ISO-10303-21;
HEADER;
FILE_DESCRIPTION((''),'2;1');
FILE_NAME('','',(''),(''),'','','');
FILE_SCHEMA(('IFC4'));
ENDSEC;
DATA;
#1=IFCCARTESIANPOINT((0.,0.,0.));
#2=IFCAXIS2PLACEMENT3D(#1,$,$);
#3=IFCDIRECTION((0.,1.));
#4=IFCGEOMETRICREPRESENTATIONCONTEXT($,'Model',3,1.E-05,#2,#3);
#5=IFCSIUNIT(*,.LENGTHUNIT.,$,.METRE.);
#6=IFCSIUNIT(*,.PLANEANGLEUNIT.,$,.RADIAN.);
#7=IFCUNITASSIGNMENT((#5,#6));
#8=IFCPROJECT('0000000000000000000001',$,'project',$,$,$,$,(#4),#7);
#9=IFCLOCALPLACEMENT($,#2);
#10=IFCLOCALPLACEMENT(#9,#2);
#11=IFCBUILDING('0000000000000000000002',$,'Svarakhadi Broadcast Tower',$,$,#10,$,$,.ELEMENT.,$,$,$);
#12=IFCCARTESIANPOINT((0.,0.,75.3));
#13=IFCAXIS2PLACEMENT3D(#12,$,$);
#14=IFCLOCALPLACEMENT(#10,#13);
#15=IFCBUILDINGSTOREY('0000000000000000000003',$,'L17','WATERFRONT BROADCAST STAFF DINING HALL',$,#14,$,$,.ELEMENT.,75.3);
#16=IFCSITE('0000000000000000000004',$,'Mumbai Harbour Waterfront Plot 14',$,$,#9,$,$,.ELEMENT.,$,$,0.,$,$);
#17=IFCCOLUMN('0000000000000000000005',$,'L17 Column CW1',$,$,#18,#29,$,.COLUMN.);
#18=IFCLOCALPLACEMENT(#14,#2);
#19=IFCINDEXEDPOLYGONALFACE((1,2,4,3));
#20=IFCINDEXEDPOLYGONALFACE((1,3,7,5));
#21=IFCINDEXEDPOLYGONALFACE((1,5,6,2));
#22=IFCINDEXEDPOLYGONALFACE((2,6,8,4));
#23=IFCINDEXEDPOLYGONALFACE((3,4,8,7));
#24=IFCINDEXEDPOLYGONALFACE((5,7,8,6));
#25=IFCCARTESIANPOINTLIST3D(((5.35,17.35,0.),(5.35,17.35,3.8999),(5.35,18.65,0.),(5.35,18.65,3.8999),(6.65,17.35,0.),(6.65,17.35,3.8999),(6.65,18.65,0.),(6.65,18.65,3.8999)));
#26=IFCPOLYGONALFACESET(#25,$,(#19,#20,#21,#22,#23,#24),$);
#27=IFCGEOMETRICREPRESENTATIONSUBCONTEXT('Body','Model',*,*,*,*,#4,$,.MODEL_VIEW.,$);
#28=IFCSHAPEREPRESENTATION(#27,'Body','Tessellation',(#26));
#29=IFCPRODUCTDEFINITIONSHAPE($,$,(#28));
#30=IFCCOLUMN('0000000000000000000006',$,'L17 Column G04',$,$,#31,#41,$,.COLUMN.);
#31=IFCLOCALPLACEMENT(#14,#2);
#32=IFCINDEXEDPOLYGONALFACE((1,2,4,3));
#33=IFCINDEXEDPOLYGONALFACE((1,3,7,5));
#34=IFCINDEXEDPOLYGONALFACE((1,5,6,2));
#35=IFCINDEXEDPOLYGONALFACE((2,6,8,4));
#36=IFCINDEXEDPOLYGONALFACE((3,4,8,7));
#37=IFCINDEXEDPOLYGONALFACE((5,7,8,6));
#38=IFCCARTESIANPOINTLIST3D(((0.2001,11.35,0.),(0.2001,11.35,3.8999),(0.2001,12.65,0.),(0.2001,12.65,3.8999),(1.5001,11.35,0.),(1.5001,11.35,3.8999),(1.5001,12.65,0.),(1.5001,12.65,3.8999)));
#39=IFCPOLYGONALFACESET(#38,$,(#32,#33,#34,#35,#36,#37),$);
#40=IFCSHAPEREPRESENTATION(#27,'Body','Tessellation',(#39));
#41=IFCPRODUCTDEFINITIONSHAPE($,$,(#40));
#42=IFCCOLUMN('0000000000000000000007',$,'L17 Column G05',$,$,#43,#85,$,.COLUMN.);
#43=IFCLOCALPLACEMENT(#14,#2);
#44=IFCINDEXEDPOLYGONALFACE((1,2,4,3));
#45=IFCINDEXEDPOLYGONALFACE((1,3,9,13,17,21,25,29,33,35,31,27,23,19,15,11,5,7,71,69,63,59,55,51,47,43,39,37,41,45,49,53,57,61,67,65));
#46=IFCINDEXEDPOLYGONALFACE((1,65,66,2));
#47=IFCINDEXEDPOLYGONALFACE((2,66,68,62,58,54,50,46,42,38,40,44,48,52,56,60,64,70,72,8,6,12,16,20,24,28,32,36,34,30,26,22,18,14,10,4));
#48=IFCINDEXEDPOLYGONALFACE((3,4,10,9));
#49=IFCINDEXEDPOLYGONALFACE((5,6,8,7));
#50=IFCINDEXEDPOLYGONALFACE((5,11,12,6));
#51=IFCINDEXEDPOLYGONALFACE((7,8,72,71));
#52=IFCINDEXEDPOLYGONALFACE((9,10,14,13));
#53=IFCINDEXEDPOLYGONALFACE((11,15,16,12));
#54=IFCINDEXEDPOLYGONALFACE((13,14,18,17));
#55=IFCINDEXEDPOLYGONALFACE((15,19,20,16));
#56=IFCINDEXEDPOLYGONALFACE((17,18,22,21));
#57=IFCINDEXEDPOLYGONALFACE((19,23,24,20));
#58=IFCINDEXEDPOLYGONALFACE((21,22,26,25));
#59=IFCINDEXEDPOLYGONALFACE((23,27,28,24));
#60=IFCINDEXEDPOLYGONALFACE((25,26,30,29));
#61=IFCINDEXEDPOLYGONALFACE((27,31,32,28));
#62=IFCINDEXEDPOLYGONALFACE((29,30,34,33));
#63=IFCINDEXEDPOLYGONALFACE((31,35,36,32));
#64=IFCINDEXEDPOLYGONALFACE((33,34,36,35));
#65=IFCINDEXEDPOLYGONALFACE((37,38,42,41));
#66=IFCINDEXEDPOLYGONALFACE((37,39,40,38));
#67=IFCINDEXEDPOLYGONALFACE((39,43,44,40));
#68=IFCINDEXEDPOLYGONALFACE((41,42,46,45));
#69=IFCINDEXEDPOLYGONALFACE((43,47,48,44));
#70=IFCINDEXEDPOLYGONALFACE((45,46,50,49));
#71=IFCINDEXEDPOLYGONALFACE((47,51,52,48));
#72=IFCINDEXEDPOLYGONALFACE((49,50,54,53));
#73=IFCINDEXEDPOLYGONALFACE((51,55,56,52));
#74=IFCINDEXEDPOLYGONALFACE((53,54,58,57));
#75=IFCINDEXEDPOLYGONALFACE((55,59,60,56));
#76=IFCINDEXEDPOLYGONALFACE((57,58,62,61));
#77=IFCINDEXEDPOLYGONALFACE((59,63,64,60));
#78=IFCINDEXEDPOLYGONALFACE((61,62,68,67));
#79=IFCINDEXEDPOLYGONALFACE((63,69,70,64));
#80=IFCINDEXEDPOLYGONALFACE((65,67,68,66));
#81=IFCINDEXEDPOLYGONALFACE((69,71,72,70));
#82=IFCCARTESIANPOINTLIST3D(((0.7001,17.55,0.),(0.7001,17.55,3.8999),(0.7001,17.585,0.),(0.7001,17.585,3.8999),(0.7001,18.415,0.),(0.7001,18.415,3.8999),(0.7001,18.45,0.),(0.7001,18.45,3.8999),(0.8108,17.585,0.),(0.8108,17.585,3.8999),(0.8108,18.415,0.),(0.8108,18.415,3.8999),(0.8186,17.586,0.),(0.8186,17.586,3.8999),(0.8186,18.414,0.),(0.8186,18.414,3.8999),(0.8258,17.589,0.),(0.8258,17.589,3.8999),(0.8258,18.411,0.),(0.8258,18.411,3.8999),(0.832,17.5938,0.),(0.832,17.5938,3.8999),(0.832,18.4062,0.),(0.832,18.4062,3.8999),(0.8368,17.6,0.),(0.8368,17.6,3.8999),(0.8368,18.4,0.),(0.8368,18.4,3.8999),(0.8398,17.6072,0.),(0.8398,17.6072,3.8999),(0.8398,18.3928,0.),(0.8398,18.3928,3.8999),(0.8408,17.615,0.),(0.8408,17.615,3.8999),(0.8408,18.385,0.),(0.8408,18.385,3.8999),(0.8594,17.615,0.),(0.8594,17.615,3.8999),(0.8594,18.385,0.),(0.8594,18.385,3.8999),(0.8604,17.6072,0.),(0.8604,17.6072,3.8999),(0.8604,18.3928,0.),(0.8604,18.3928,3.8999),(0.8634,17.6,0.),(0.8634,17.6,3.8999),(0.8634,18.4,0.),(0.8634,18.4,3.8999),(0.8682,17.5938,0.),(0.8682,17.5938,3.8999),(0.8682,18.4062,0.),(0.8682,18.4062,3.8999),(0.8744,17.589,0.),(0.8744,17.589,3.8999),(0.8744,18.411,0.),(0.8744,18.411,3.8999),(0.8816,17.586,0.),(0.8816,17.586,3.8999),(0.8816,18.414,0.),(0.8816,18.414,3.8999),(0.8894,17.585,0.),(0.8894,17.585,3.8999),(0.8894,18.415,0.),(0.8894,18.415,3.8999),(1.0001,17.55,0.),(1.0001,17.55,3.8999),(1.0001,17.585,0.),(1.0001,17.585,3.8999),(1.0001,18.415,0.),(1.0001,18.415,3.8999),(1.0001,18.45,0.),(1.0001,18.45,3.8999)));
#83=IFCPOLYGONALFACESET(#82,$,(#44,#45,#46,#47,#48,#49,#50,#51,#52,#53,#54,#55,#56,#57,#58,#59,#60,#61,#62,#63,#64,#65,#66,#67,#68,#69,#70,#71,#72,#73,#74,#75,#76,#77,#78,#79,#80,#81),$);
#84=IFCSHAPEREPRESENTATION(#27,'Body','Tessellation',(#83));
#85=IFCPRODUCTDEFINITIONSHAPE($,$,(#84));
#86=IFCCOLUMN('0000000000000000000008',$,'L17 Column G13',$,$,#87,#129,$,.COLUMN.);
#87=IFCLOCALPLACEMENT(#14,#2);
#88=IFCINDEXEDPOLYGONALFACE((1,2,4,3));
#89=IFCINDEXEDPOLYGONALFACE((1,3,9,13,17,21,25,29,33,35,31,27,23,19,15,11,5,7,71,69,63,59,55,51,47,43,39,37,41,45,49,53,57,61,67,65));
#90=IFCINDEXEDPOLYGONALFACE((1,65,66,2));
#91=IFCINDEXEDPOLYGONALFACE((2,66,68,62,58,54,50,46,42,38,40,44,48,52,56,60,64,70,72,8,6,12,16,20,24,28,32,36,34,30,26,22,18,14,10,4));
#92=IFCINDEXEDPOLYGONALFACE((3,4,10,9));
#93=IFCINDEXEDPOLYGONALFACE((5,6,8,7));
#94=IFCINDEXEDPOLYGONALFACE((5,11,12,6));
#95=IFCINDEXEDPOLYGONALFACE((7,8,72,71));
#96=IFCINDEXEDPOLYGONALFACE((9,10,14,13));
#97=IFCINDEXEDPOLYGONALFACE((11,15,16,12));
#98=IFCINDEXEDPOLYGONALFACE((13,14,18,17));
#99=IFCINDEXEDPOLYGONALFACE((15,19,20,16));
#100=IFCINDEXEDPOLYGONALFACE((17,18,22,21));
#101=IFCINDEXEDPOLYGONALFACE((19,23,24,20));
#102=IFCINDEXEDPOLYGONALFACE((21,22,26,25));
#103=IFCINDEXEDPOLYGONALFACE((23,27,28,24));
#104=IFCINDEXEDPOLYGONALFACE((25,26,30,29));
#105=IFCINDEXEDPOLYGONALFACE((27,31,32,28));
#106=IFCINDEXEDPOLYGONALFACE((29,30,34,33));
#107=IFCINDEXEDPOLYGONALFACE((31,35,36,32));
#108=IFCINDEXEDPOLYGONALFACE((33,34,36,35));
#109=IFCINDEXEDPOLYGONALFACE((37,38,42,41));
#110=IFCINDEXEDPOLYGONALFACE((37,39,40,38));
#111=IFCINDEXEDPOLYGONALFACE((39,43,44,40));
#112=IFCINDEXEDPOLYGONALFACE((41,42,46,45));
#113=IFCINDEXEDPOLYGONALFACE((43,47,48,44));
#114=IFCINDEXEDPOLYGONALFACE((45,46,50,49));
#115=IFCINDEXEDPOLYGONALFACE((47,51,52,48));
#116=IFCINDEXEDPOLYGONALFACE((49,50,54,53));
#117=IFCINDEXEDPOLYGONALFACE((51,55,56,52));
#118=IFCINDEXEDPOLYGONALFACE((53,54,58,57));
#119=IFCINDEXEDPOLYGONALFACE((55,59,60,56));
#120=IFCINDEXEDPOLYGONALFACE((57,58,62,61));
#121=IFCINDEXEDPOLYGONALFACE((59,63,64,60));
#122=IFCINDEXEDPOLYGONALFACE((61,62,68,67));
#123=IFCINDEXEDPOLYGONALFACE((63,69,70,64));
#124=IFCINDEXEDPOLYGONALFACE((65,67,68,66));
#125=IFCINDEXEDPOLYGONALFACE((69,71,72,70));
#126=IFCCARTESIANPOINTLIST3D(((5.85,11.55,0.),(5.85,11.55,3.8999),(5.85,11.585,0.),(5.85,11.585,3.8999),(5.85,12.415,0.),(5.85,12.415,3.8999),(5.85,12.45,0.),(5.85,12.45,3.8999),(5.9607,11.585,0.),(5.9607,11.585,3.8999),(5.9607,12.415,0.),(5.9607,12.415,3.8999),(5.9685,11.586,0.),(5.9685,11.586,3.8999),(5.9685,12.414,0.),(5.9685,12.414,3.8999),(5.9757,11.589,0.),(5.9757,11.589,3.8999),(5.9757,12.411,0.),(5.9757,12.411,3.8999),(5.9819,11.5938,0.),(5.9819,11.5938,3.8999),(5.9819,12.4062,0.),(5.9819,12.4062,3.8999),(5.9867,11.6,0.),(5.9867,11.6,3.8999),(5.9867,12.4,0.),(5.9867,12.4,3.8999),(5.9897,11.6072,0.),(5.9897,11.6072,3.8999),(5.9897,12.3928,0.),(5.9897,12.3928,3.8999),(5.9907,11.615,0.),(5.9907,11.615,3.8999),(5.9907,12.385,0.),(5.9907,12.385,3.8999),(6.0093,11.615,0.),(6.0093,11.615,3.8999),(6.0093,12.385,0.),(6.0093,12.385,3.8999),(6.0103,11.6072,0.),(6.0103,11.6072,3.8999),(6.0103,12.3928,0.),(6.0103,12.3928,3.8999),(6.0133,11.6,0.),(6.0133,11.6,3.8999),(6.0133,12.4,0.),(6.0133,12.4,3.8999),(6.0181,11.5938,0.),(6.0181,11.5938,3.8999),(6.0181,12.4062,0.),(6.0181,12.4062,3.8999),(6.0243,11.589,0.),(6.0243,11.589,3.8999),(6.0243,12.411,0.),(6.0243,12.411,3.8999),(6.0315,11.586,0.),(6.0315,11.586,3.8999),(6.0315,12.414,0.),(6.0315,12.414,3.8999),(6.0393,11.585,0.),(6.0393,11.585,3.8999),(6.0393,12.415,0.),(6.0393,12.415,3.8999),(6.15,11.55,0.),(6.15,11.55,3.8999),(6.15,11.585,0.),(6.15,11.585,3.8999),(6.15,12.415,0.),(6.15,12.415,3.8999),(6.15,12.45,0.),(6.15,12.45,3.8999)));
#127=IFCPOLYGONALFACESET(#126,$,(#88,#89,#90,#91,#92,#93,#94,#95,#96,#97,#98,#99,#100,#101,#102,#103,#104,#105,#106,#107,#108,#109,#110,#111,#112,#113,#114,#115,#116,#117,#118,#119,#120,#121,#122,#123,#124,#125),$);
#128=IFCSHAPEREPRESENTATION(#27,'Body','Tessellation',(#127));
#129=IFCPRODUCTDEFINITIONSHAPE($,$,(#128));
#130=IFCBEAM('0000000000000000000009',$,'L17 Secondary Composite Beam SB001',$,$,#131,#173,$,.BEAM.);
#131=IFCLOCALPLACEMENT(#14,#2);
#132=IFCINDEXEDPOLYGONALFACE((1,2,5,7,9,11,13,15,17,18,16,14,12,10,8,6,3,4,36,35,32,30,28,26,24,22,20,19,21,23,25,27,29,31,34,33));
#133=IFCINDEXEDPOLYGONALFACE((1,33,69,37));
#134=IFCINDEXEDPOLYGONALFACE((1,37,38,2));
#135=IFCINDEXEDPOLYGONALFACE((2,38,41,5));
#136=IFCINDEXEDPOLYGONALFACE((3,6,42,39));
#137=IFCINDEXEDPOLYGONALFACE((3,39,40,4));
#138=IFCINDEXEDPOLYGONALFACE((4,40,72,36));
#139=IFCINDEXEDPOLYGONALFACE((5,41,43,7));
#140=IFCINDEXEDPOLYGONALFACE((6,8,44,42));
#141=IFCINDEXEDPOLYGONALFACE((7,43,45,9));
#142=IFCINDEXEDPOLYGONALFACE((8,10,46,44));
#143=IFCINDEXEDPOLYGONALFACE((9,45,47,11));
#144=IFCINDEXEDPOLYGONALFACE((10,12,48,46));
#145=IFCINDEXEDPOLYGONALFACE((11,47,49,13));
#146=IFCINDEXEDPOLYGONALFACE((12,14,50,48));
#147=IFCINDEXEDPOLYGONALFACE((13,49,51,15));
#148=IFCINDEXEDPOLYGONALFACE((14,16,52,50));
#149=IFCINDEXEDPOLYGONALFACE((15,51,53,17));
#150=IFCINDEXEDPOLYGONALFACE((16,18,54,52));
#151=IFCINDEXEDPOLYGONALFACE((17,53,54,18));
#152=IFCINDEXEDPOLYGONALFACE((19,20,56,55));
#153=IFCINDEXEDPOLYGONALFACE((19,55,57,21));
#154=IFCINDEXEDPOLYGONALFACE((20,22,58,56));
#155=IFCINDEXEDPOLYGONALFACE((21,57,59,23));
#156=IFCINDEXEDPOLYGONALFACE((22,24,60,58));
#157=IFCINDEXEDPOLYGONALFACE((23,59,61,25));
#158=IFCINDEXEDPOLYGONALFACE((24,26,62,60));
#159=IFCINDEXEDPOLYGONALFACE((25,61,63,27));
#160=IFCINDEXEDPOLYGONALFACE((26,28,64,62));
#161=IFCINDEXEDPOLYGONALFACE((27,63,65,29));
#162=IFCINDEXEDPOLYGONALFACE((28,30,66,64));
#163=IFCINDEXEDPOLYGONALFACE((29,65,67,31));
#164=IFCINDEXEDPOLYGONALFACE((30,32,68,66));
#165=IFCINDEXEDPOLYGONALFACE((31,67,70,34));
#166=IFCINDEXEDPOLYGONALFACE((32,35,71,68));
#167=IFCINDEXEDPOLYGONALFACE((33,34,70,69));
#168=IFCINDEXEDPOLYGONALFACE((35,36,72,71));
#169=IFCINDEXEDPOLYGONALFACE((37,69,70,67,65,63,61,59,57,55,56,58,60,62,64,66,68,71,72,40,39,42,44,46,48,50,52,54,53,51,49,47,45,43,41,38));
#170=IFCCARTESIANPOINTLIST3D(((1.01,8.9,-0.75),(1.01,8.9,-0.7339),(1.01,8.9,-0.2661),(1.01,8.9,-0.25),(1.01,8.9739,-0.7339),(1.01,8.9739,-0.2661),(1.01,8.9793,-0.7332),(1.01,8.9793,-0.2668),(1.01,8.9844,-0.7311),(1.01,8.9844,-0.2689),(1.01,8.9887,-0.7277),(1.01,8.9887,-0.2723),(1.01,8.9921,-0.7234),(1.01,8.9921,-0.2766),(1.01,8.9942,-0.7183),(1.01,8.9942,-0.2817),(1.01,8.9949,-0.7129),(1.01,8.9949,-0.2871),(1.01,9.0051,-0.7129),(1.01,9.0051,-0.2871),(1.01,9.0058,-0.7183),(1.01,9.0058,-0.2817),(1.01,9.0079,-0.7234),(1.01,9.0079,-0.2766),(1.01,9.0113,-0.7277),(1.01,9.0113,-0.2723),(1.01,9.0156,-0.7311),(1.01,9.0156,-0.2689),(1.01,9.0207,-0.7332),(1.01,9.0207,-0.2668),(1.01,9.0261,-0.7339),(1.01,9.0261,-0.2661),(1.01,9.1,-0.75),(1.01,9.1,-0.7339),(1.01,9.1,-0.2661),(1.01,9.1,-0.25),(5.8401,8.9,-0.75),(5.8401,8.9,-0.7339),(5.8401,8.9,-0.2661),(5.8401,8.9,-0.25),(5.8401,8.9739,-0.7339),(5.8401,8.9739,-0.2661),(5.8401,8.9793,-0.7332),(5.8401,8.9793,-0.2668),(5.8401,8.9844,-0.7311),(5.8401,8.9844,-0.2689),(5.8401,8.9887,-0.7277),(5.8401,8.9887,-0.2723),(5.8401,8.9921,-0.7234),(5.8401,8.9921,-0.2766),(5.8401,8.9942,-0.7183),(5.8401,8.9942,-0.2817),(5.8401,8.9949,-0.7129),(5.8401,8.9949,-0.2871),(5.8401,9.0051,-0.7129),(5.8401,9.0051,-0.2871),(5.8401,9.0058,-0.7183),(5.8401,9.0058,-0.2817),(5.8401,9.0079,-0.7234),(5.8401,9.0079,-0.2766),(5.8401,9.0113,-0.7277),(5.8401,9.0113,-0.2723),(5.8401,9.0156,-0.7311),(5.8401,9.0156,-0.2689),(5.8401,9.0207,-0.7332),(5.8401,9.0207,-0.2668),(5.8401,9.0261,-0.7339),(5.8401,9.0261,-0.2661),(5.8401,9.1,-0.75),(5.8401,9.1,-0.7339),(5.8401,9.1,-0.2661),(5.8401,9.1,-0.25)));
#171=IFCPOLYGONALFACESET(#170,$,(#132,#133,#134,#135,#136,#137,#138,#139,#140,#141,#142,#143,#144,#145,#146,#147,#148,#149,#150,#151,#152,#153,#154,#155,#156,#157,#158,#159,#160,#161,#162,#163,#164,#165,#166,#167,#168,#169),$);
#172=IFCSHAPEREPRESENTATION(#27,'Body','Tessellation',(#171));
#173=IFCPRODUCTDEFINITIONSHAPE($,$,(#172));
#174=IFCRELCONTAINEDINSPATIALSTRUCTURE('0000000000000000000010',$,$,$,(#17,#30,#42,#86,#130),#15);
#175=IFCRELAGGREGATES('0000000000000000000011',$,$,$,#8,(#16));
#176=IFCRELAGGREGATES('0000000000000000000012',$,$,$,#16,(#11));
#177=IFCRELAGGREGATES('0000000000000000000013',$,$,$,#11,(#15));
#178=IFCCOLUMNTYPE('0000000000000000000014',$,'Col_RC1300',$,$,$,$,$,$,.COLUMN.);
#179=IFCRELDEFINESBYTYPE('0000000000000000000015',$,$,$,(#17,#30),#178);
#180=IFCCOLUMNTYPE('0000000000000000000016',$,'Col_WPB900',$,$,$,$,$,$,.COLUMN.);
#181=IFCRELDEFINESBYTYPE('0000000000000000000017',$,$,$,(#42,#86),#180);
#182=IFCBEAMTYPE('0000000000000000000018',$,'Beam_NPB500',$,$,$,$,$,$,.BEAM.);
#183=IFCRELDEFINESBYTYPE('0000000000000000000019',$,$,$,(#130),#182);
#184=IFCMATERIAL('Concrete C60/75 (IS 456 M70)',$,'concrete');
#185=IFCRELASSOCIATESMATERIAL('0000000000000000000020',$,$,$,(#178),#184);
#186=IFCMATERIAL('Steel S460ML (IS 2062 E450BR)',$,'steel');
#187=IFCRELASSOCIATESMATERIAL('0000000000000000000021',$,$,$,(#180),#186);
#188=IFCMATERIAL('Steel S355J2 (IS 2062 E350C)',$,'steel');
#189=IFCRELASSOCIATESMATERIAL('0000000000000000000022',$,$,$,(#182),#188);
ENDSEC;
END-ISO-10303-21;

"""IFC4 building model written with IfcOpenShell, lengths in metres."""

from ifc_helpers import new_model, si_unit, direction, frame, origin, origin_2d, place, context, subcontext, project, spatial, rectangle, i_section, extrude, material, material_profile, profile_set, type_object, element, save


model = new_model("IFC4")

# Units and contexts
model_context = context("Model", 3, precision=1e-05, world=origin(), true_north=direction((0.0, 1.0)))
body_context = subcontext(model_context, "Body", "Model", "MODEL_VIEW")
ifc_project = project(units=[si_unit("LENGTHUNIT", "METRE"), si_unit("PLANEANGLEUNIT", "RADIAN")], contexts=[model_context])

# Site, building, storey
site_placement = place(None, origin())
site = spatial("IfcSite", under=ifc_project, at=site_placement, Name="Mumbai Harbour Waterfront Plot 14", CompositionType="ELEMENT", RefElevation=0.0)
building_placement = place(site_placement, origin())
building = spatial("IfcBuilding", under=site, at=building_placement, Name="Svarakhadi Broadcast Tower", CompositionType="ELEMENT")
storey_placement = place(building_placement, frame((0.0, 0.0, 75.3)))
storey = spatial("IfcBuildingStorey", under=building, at=storey_placement, Name="L17", Description="WATERFRONT BROADCAST STAFF DINING HALL", CompositionType="ELEMENT", Elevation=75.3)

# Columns
ifc_material_1 = material(Name="Concrete C60/75 (IS 456 M70)", Category="concrete")
ifc_material_profile_1 = material_profile(ifc_material_1, rectangle(XDim=1.3, YDim=1.3, at=origin_2d()), Name="RC 1300x1300")
ifc_profile_set_1 = profile_set([ifc_material_profile_1], Name="Concrete C60/75 (IS 456 M70)")
column_type_1 = type_object("IfcColumnType", Name="Col_RC1300", PredefinedType="COLUMN", material=ifc_profile_set_1)
for number, where, z_axis, x_axis, name in (
    (1, (6.0, 18.0, 0.0), (0.0, 0.0, 1.0), (1.0, 0.0, 0.0), "L17 Column CW1"),
    (2, (0.8501, 12.0, 0.0), (0.0, 0.0, 1.0), (1.0, 0.0, 0.0), "L17 Column G04"),
):
    element("IfcColumn", number, at=place(storey_placement, frame(where, z_axis=z_axis, x_axis=x_axis)), inside=storey, type_object=column_type_1, Name=name, PredefinedType="COLUMN", context=body_context, shape_type="SweptSolid", body=[
        extrude(rectangle(XDim=1.3, YDim=1.3, at=origin_2d()), origin(), (0.0, 0.0, 1.0), 3.8999),
    ])
ifc_material_2 = material(Name="Steel S460ML (IS 2062 E450BR)", Category="steel")
ifc_material_profile_2 = material_profile(ifc_material_2, i_section(OverallWidth=0.3, OverallDepth=0.8999, WebThickness=0.0186, FlangeThickness=0.0349, FilletRadius=0.03, at=origin_2d()), Name="WPB 900x300x291")
ifc_profile_set_2 = profile_set([ifc_material_profile_2], Name="Steel S460ML (IS 2062 E450BR)")
column_type_2 = type_object("IfcColumnType", Name="Col_WPB900", PredefinedType="COLUMN", material=ifc_profile_set_2)
for number, where, z_axis, x_axis, name in (
    (3, (0.8501, 18.0, 0.0), (0.0, 0.0, 1.0), (1.0, 0.0, 0.0), "L17 Column G05"),
    (4, (6.0, 12.0, 0.0), (0.0, 0.0, 1.0), (1.0, 0.0, 0.0), "L17 Column G13"),
):
    element("IfcColumn", number, at=place(storey_placement, frame(where, z_axis=z_axis, x_axis=x_axis)), inside=storey, type_object=column_type_2, Name=name, PredefinedType="COLUMN", context=body_context, shape_type="SweptSolid", body=[
        extrude(i_section(OverallWidth=0.3, OverallDepth=0.8999, WebThickness=0.0186, FlangeThickness=0.0349, FilletRadius=0.03, at=origin_2d()), origin(), (0.0, 0.0, 1.0), 3.8999),
    ])

# Beam
ifc_material_3 = material(Name="Steel S355J2 (IS 2062 E350C)", Category="steel")
ifc_material_profile_3 = material_profile(ifc_material_3, i_section(OverallWidth=0.2, OverallDepth=0.5, WebThickness=0.0103, FlangeThickness=0.0161, FilletRadius=0.021, at=origin_2d()), Name="NPB 500x200x91")
ifc_profile_set_3 = profile_set([ifc_material_profile_3], Name="Steel S355J2 (IS 2062 E350C)")
beam_type_1 = type_object("IfcBeamType", Name="Beam_NPB500", PredefinedType="BEAM", material=ifc_profile_set_3)
for number, where, z_axis, x_axis, name in (
    (5, (1.01, 9.0, -0.5), (1.0, 0.0, 0.0), (0.0, 1.0, 0.0), "L17 Secondary Composite Beam SB001"),
):
    element("IfcBeam", number, at=place(storey_placement, frame(where, z_axis=z_axis, x_axis=x_axis)), inside=storey, type_object=beam_type_1, Name=name, PredefinedType="BEAM", context=body_context, shape_type="SweptSolid", body=[
        extrude(i_section(OverallWidth=0.2, OverallDepth=0.5, WebThickness=0.0103, FlangeThickness=0.0161, FilletRadius=0.021, at=origin_2d()), origin(), (0.0, 0.0, 1.0), 4.8301),
    ])

save(model, "model.ifc")
